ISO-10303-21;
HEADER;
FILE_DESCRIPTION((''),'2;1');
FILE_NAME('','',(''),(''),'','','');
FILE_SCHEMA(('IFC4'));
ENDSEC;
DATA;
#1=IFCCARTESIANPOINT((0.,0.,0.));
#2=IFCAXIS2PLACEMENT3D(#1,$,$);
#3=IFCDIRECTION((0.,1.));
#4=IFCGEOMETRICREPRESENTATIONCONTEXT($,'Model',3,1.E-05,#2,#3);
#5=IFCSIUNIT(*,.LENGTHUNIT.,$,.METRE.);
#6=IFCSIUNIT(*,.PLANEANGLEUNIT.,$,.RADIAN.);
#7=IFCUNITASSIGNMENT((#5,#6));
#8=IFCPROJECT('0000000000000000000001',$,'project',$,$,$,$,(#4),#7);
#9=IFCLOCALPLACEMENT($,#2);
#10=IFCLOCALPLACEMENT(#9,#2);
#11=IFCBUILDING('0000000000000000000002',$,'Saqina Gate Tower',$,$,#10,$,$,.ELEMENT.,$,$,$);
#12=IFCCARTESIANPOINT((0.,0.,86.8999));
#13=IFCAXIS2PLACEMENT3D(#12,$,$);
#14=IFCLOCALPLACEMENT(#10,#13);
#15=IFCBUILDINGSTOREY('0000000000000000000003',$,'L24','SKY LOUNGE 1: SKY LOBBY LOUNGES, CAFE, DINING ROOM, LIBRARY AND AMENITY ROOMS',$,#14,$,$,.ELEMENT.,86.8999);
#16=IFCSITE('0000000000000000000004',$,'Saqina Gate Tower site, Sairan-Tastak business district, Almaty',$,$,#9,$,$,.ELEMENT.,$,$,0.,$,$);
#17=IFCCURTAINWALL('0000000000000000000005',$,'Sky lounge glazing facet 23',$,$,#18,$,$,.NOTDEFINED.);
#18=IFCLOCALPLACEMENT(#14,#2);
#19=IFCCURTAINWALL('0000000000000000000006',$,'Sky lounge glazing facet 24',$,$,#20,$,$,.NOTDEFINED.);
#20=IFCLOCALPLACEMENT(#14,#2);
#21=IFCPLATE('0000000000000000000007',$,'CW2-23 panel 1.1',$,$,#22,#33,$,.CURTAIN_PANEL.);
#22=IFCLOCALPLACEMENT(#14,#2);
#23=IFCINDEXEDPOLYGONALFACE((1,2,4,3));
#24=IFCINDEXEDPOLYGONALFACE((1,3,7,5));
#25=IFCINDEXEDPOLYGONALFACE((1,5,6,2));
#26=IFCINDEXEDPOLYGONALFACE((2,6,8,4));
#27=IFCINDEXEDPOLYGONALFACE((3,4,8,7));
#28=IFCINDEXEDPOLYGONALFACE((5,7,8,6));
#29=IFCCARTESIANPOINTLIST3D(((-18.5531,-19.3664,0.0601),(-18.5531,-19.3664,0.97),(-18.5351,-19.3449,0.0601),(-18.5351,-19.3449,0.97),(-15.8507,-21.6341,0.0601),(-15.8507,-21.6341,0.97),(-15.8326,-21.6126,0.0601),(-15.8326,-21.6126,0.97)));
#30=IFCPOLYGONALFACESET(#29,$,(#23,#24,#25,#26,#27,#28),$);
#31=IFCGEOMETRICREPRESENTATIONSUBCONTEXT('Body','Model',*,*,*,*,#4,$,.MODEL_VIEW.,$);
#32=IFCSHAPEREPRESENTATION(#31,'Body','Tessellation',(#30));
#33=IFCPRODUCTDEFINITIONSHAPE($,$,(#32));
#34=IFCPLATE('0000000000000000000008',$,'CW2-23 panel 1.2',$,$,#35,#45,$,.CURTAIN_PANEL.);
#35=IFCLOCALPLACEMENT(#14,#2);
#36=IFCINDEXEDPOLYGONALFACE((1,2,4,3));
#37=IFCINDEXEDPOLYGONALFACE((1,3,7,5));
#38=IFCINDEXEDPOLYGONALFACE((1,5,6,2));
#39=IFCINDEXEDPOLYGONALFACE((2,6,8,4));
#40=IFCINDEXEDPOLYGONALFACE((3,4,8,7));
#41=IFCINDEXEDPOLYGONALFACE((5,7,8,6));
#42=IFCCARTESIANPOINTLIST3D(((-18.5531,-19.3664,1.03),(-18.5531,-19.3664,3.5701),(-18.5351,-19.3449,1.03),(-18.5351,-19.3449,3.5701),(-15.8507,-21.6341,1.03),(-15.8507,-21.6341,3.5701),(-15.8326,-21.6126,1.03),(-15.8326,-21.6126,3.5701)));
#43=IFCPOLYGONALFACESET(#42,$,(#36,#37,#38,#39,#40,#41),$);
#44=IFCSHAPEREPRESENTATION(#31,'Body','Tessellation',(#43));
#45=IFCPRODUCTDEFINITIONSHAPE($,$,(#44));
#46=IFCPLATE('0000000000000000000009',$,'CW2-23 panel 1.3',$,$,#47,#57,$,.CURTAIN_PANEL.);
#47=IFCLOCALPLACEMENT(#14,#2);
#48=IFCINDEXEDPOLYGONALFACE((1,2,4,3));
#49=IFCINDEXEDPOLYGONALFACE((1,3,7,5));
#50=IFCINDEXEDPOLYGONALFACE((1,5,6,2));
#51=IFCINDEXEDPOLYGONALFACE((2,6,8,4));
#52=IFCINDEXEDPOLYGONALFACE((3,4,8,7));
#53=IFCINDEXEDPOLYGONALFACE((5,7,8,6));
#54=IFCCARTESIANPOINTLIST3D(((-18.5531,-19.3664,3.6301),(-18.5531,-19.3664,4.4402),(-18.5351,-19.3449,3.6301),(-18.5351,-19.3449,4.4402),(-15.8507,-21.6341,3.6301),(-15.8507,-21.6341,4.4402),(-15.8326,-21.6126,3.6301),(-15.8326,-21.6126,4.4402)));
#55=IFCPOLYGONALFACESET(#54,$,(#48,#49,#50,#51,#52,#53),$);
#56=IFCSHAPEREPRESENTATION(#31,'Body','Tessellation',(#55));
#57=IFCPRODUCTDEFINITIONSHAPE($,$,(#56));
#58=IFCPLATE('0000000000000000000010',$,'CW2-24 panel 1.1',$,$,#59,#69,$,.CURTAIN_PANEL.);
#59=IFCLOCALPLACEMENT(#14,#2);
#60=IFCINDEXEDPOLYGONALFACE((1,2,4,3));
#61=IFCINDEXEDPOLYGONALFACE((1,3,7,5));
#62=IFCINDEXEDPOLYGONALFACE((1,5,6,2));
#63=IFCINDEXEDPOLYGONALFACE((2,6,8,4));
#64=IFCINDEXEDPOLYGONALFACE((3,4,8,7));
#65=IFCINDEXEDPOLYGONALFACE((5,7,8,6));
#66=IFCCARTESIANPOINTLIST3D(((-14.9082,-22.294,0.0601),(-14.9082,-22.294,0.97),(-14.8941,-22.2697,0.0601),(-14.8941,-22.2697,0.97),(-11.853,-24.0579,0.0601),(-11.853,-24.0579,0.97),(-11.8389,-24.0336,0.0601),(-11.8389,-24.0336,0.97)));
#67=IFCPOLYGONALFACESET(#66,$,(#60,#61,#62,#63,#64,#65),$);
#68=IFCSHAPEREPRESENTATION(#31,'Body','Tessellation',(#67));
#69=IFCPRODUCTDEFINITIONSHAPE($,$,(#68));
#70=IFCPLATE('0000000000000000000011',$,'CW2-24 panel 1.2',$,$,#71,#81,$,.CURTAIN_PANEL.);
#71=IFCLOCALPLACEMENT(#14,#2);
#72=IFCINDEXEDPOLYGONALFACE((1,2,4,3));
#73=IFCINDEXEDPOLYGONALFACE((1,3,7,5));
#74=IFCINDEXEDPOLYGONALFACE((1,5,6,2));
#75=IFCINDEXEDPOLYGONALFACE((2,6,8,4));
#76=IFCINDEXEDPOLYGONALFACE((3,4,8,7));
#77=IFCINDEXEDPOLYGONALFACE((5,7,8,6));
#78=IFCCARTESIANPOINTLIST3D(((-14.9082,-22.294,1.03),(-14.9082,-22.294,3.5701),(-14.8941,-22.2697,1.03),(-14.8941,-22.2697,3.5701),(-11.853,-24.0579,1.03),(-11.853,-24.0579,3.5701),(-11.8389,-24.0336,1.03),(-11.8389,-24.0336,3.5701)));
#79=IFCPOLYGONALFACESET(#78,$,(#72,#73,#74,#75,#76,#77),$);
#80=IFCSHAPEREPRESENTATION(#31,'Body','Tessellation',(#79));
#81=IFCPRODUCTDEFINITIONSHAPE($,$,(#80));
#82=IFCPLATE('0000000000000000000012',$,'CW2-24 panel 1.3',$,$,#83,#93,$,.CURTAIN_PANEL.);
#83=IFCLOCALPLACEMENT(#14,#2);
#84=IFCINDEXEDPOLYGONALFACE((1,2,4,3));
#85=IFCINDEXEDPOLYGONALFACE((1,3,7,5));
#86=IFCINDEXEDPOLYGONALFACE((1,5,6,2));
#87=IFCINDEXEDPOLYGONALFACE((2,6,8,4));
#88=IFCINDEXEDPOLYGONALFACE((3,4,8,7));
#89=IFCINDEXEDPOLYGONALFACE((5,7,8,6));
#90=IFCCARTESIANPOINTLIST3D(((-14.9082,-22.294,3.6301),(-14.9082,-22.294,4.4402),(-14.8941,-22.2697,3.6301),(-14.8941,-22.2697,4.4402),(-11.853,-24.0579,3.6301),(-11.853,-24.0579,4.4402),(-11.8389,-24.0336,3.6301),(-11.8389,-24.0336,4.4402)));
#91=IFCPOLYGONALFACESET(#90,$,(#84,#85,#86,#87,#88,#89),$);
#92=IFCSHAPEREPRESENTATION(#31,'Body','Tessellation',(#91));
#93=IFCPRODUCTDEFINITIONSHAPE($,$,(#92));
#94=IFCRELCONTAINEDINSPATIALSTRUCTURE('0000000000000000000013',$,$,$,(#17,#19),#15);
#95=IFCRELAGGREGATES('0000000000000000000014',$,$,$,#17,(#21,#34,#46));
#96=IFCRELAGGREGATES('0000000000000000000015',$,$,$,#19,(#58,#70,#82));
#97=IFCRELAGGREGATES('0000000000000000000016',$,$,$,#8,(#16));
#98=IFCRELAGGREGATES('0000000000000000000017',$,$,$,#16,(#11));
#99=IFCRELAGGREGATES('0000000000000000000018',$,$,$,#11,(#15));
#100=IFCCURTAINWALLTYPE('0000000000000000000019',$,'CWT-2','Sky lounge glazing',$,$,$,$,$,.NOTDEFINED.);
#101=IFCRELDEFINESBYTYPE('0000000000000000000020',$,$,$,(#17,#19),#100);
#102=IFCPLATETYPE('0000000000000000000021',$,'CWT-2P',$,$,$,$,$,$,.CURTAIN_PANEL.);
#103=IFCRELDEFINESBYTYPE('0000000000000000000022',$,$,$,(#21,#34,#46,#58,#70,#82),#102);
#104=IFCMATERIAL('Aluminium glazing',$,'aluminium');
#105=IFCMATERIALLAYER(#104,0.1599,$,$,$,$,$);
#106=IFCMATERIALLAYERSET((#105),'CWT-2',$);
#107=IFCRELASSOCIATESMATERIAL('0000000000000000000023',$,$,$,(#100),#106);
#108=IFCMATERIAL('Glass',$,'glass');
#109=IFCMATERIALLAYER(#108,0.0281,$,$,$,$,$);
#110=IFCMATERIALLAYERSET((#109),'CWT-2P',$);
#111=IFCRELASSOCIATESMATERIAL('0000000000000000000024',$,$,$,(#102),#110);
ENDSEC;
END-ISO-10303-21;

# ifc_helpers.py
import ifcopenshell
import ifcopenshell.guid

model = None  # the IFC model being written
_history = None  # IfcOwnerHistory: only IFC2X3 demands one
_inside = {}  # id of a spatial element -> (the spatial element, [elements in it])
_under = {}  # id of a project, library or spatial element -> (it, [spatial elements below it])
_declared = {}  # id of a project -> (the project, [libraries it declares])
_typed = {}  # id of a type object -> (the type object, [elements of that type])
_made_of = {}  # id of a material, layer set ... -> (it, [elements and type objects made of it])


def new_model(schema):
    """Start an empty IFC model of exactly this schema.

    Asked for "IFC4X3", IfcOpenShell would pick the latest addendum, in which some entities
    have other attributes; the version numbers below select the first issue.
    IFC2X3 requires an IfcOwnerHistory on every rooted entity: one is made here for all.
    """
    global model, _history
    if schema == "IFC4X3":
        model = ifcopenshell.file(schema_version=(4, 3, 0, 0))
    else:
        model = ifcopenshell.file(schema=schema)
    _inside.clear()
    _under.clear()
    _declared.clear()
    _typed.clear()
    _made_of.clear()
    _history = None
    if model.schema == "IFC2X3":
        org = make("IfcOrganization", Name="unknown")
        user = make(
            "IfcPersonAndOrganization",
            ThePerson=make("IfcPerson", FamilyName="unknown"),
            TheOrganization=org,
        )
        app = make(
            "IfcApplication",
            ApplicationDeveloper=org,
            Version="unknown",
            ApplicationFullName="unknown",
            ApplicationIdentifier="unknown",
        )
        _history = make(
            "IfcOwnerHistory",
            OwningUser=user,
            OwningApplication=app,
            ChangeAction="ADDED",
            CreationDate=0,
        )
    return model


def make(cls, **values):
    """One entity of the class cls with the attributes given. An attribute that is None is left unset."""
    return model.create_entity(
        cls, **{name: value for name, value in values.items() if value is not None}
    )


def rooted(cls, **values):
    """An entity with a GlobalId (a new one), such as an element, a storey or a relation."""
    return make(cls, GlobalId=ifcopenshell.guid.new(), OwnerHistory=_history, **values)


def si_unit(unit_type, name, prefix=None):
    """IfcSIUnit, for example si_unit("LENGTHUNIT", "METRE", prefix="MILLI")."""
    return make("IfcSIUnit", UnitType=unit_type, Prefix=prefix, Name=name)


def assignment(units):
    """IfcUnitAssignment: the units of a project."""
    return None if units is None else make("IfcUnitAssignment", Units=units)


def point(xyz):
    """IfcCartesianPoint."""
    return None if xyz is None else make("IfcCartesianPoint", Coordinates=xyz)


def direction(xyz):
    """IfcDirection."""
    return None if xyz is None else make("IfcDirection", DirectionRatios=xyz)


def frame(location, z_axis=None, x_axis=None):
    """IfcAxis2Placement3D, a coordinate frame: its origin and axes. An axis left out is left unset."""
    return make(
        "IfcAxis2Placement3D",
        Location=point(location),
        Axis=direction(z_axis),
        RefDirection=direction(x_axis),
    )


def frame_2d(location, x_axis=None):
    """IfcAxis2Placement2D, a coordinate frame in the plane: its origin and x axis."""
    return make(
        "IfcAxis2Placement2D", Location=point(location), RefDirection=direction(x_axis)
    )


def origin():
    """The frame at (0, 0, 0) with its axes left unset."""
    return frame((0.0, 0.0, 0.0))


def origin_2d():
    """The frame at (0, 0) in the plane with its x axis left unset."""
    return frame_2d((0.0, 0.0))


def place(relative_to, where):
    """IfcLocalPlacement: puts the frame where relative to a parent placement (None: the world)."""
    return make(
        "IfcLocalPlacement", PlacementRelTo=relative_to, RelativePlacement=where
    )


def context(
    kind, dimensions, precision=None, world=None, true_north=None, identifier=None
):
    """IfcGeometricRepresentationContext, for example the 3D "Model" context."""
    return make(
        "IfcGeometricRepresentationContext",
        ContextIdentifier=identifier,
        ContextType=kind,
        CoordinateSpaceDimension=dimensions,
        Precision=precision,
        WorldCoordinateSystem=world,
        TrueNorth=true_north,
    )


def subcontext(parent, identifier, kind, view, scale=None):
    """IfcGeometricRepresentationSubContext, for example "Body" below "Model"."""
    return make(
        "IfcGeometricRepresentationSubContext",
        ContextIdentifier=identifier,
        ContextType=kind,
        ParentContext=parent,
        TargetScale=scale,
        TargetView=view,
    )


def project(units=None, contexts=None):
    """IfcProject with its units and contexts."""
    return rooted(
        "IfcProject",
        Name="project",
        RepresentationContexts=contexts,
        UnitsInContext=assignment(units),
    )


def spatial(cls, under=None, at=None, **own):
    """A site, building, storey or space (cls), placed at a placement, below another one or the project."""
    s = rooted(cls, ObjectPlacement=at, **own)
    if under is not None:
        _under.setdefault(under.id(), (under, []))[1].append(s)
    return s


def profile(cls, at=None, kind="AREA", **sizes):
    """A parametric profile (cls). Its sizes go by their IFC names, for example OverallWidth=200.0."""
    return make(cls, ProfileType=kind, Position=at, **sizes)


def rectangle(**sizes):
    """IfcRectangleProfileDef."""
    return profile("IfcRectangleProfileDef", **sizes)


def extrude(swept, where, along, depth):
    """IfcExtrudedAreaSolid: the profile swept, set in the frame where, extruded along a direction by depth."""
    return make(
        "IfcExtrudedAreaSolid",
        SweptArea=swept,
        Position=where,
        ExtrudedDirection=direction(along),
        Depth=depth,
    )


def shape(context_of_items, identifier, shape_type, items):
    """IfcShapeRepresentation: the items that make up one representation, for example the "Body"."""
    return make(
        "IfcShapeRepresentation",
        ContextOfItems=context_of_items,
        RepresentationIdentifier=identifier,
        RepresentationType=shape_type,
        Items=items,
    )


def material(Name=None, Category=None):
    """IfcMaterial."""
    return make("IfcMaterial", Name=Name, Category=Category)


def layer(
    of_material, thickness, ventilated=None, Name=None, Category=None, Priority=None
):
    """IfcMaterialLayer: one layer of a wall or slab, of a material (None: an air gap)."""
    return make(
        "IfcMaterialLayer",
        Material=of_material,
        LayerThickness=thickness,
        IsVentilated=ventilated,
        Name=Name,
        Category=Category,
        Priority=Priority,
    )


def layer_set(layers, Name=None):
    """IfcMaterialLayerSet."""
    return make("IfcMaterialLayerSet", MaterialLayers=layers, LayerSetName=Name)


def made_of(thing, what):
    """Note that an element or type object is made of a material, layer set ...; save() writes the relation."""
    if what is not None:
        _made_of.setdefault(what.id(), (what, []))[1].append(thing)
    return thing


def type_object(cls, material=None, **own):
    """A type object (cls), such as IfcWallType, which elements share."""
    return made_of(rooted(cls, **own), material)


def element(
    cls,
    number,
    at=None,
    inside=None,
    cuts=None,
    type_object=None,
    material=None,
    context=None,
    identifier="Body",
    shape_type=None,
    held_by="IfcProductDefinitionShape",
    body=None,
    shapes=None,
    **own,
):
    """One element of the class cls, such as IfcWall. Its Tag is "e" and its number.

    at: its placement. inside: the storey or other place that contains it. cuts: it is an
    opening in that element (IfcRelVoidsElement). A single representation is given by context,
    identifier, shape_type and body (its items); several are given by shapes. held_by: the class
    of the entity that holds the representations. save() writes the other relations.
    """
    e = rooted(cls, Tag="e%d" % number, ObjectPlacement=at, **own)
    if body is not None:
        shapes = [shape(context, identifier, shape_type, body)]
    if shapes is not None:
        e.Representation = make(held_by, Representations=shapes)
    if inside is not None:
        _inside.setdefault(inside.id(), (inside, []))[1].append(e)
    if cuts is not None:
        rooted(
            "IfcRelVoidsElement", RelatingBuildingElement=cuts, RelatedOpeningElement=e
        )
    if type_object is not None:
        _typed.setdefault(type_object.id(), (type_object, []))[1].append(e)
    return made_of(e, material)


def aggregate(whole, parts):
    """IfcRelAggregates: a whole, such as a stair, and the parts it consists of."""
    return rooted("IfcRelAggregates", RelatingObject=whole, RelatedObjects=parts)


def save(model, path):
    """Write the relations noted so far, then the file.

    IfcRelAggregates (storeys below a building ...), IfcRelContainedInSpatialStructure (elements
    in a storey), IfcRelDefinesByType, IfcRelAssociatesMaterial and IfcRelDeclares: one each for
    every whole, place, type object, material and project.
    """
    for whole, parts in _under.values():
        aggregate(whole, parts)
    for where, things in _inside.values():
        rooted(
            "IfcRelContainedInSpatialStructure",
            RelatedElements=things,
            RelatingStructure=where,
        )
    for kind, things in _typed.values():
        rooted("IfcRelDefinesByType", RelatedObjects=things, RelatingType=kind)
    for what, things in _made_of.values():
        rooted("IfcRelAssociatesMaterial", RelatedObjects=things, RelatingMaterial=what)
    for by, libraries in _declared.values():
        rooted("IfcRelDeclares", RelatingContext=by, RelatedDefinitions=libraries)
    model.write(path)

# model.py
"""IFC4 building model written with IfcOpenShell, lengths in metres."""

from ifc_helpers import new_model, si_unit, direction, frame, origin, origin_2d, place, context, subcontext, project, spatial, rectangle, extrude, material, layer, layer_set, type_object, element, aggregate, save


model = new_model("IFC4")

# Units and contexts
model_context = context("Model", 3, precision=1e-05, world=origin(), true_north=direction((0.0, 1.0)))
body_context = subcontext(model_context, "Body", "Model", "MODEL_VIEW")
ifc_project = project(units=[si_unit("LENGTHUNIT", "METRE"), si_unit("PLANEANGLEUNIT", "RADIAN")], contexts=[model_context])

# Site, building, storey
site_placement = place(None, origin())
site = spatial("IfcSite", under=ifc_project, at=site_placement, Name="Saqina Gate Tower site, Sairan-Tastak business district, Almaty", CompositionType="ELEMENT", RefElevation=0.0)
building_placement = place(site_placement, origin())
building = spatial("IfcBuilding", under=site, at=building_placement, Name="Saqina Gate Tower", CompositionType="ELEMENT")
storey_placement = place(building_placement, frame((0.0, 0.0, 86.8999)))
storey = spatial("IfcBuildingStorey", under=building, at=storey_placement, Name="L24", Description="SKY LOUNGE 1: SKY LOBBY LOUNGES, CAFE, DINING ROOM, LIBRARY AND AMENITY ROOMS", CompositionType="ELEMENT", Elevation=86.8999)

# Shared definitions
ifc_material_1 = material(Name="Aluminium glazing", Category="aluminium")
ifc_layer_1 = layer(ifc_material_1, 0.1599)
ifc_layer_set_1 = layer_set([ifc_layer_1], Name="CWT-2")
curtain_wall_type = type_object("IfcCurtainWallType", Name="CWT-2", Description="Sky lounge glazing", PredefinedType="NOTDEFINED", material=ifc_layer_set_1)

# Curtain wall
curtain_wall_1_placement = place(storey_placement, origin())
curtain_wall_1 = element("IfcCurtainWall", 1, at=curtain_wall_1_placement, inside=storey, type_object=curtain_wall_type, Name="Sky lounge glazing facet 23", PredefinedType="NOTDEFINED")

# Curtain wall
curtain_wall_2_placement = place(storey_placement, origin())
curtain_wall_2 = element("IfcCurtainWall", 2, at=curtain_wall_2_placement, inside=storey, type_object=curtain_wall_type, Name="Sky lounge glazing facet 24", PredefinedType="NOTDEFINED")

# Plates
ifc_material_2 = material(Name="Glass", Category="glass")
ifc_layer_2 = layer(ifc_material_2, 0.0281)
ifc_layer_set_2 = layer_set([ifc_layer_2], Name="CWT-2P")
plate_type = type_object("IfcPlateType", Name="CWT-2P", PredefinedType="CURTAIN_PANEL", material=ifc_layer_set_2)
plate_1_placement = place(storey_placement, frame((-17.1929, -20.4895, 0.0601), z_axis=(0.0, 0.0, 1.0), x_axis=(0.766042, -0.642791, 0.0)))
plate_1 = element("IfcPlate", 3, at=plate_1_placement, type_object=plate_type, Name="CW2-23 panel 1.1", PredefinedType="CURTAIN_PANEL", context=body_context, shape_type="SweptSolid", body=[
    extrude(rectangle(XDim=3.5278, YDim=0.0281, at=origin_2d()), origin(), (0.0, 0.0, 1.0), 0.9099),
])
plate_2_placement = place(storey_placement, frame((-17.1929, -20.4895, 1.03), z_axis=(0.0, 0.0, 1.0), x_axis=(0.766042, -0.642791, 0.0)))
plate_2 = element("IfcPlate", 4, at=plate_2_placement, type_object=plate_type, Name="CW2-23 panel 1.2", PredefinedType="CURTAIN_PANEL", context=body_context, shape_type="SweptSolid", body=[
    extrude(rectangle(XDim=3.5278, YDim=0.0281, at=origin_2d()), origin(), (0.0, 0.0, 1.0), 2.54),
])
plate_3_placement = place(storey_placement, frame((-17.1929, -20.4895, 3.6301), z_axis=(0.0, 0.0, 1.0), x_axis=(0.766042, -0.642791, 0.0)))
plate_3 = element("IfcPlate", 5, at=plate_3_placement, type_object=plate_type, Name="CW2-23 panel 1.3", PredefinedType="CURTAIN_PANEL", context=body_context, shape_type="SweptSolid", body=[
    extrude(rectangle(XDim=3.5278, YDim=0.0281, at=origin_2d()), origin(), (0.0, 0.0, 1.0), 0.8101),
])
aggregate(curtain_wall_1, [plate_1, plate_2, plate_3])
plate_4_placement = place(storey_placement, frame((-13.3735, -23.1638, 0.0601), z_axis=(0.0, 0.0, 1.0), x_axis=(0.866026, -0.499999, 0.0)))
plate_4 = element("IfcPlate", 6, at=plate_4_placement, type_object=plate_type, Name="CW2-24 panel 1.1", PredefinedType="CURTAIN_PANEL", context=body_context, shape_type="SweptSolid", body=[
    extrude(rectangle(XDim=3.5278, YDim=0.0281, at=origin_2d()), origin(), (0.0, 0.0, 1.0), 0.9099),
])
plate_5_placement = place(storey_placement, frame((-13.3735, -23.1638, 1.03), z_axis=(0.0, 0.0, 1.0), x_axis=(0.866026, -0.499999, 0.0)))
plate_5 = element("IfcPlate", 7, at=plate_5_placement, type_object=plate_type, Name="CW2-24 panel 1.2", PredefinedType="CURTAIN_PANEL", context=body_context, shape_type="SweptSolid", body=[
    extrude(rectangle(XDim=3.5278, YDim=0.0281, at=origin_2d()), origin(), (0.0, 0.0, 1.0), 2.54),
])
plate_6_placement = place(storey_placement, frame((-13.3735, -23.1638, 3.6301), z_axis=(0.0, 0.0, 1.0), x_axis=(0.866026, -0.499999, 0.0)))
plate_6 = element("IfcPlate", 8, at=plate_6_placement, type_object=plate_type, Name="CW2-24 panel 1.3", PredefinedType="CURTAIN_PANEL", context=body_context, shape_type="SweptSolid", body=[
    extrude(rectangle(XDim=3.5278, YDim=0.0281, at=origin_2d()), origin(), (0.0, 0.0, 1.0), 0.8101),
])
aggregate(curtain_wall_2, [plate_4, plate_5, plate_6])

save(model, "model.ifc")
